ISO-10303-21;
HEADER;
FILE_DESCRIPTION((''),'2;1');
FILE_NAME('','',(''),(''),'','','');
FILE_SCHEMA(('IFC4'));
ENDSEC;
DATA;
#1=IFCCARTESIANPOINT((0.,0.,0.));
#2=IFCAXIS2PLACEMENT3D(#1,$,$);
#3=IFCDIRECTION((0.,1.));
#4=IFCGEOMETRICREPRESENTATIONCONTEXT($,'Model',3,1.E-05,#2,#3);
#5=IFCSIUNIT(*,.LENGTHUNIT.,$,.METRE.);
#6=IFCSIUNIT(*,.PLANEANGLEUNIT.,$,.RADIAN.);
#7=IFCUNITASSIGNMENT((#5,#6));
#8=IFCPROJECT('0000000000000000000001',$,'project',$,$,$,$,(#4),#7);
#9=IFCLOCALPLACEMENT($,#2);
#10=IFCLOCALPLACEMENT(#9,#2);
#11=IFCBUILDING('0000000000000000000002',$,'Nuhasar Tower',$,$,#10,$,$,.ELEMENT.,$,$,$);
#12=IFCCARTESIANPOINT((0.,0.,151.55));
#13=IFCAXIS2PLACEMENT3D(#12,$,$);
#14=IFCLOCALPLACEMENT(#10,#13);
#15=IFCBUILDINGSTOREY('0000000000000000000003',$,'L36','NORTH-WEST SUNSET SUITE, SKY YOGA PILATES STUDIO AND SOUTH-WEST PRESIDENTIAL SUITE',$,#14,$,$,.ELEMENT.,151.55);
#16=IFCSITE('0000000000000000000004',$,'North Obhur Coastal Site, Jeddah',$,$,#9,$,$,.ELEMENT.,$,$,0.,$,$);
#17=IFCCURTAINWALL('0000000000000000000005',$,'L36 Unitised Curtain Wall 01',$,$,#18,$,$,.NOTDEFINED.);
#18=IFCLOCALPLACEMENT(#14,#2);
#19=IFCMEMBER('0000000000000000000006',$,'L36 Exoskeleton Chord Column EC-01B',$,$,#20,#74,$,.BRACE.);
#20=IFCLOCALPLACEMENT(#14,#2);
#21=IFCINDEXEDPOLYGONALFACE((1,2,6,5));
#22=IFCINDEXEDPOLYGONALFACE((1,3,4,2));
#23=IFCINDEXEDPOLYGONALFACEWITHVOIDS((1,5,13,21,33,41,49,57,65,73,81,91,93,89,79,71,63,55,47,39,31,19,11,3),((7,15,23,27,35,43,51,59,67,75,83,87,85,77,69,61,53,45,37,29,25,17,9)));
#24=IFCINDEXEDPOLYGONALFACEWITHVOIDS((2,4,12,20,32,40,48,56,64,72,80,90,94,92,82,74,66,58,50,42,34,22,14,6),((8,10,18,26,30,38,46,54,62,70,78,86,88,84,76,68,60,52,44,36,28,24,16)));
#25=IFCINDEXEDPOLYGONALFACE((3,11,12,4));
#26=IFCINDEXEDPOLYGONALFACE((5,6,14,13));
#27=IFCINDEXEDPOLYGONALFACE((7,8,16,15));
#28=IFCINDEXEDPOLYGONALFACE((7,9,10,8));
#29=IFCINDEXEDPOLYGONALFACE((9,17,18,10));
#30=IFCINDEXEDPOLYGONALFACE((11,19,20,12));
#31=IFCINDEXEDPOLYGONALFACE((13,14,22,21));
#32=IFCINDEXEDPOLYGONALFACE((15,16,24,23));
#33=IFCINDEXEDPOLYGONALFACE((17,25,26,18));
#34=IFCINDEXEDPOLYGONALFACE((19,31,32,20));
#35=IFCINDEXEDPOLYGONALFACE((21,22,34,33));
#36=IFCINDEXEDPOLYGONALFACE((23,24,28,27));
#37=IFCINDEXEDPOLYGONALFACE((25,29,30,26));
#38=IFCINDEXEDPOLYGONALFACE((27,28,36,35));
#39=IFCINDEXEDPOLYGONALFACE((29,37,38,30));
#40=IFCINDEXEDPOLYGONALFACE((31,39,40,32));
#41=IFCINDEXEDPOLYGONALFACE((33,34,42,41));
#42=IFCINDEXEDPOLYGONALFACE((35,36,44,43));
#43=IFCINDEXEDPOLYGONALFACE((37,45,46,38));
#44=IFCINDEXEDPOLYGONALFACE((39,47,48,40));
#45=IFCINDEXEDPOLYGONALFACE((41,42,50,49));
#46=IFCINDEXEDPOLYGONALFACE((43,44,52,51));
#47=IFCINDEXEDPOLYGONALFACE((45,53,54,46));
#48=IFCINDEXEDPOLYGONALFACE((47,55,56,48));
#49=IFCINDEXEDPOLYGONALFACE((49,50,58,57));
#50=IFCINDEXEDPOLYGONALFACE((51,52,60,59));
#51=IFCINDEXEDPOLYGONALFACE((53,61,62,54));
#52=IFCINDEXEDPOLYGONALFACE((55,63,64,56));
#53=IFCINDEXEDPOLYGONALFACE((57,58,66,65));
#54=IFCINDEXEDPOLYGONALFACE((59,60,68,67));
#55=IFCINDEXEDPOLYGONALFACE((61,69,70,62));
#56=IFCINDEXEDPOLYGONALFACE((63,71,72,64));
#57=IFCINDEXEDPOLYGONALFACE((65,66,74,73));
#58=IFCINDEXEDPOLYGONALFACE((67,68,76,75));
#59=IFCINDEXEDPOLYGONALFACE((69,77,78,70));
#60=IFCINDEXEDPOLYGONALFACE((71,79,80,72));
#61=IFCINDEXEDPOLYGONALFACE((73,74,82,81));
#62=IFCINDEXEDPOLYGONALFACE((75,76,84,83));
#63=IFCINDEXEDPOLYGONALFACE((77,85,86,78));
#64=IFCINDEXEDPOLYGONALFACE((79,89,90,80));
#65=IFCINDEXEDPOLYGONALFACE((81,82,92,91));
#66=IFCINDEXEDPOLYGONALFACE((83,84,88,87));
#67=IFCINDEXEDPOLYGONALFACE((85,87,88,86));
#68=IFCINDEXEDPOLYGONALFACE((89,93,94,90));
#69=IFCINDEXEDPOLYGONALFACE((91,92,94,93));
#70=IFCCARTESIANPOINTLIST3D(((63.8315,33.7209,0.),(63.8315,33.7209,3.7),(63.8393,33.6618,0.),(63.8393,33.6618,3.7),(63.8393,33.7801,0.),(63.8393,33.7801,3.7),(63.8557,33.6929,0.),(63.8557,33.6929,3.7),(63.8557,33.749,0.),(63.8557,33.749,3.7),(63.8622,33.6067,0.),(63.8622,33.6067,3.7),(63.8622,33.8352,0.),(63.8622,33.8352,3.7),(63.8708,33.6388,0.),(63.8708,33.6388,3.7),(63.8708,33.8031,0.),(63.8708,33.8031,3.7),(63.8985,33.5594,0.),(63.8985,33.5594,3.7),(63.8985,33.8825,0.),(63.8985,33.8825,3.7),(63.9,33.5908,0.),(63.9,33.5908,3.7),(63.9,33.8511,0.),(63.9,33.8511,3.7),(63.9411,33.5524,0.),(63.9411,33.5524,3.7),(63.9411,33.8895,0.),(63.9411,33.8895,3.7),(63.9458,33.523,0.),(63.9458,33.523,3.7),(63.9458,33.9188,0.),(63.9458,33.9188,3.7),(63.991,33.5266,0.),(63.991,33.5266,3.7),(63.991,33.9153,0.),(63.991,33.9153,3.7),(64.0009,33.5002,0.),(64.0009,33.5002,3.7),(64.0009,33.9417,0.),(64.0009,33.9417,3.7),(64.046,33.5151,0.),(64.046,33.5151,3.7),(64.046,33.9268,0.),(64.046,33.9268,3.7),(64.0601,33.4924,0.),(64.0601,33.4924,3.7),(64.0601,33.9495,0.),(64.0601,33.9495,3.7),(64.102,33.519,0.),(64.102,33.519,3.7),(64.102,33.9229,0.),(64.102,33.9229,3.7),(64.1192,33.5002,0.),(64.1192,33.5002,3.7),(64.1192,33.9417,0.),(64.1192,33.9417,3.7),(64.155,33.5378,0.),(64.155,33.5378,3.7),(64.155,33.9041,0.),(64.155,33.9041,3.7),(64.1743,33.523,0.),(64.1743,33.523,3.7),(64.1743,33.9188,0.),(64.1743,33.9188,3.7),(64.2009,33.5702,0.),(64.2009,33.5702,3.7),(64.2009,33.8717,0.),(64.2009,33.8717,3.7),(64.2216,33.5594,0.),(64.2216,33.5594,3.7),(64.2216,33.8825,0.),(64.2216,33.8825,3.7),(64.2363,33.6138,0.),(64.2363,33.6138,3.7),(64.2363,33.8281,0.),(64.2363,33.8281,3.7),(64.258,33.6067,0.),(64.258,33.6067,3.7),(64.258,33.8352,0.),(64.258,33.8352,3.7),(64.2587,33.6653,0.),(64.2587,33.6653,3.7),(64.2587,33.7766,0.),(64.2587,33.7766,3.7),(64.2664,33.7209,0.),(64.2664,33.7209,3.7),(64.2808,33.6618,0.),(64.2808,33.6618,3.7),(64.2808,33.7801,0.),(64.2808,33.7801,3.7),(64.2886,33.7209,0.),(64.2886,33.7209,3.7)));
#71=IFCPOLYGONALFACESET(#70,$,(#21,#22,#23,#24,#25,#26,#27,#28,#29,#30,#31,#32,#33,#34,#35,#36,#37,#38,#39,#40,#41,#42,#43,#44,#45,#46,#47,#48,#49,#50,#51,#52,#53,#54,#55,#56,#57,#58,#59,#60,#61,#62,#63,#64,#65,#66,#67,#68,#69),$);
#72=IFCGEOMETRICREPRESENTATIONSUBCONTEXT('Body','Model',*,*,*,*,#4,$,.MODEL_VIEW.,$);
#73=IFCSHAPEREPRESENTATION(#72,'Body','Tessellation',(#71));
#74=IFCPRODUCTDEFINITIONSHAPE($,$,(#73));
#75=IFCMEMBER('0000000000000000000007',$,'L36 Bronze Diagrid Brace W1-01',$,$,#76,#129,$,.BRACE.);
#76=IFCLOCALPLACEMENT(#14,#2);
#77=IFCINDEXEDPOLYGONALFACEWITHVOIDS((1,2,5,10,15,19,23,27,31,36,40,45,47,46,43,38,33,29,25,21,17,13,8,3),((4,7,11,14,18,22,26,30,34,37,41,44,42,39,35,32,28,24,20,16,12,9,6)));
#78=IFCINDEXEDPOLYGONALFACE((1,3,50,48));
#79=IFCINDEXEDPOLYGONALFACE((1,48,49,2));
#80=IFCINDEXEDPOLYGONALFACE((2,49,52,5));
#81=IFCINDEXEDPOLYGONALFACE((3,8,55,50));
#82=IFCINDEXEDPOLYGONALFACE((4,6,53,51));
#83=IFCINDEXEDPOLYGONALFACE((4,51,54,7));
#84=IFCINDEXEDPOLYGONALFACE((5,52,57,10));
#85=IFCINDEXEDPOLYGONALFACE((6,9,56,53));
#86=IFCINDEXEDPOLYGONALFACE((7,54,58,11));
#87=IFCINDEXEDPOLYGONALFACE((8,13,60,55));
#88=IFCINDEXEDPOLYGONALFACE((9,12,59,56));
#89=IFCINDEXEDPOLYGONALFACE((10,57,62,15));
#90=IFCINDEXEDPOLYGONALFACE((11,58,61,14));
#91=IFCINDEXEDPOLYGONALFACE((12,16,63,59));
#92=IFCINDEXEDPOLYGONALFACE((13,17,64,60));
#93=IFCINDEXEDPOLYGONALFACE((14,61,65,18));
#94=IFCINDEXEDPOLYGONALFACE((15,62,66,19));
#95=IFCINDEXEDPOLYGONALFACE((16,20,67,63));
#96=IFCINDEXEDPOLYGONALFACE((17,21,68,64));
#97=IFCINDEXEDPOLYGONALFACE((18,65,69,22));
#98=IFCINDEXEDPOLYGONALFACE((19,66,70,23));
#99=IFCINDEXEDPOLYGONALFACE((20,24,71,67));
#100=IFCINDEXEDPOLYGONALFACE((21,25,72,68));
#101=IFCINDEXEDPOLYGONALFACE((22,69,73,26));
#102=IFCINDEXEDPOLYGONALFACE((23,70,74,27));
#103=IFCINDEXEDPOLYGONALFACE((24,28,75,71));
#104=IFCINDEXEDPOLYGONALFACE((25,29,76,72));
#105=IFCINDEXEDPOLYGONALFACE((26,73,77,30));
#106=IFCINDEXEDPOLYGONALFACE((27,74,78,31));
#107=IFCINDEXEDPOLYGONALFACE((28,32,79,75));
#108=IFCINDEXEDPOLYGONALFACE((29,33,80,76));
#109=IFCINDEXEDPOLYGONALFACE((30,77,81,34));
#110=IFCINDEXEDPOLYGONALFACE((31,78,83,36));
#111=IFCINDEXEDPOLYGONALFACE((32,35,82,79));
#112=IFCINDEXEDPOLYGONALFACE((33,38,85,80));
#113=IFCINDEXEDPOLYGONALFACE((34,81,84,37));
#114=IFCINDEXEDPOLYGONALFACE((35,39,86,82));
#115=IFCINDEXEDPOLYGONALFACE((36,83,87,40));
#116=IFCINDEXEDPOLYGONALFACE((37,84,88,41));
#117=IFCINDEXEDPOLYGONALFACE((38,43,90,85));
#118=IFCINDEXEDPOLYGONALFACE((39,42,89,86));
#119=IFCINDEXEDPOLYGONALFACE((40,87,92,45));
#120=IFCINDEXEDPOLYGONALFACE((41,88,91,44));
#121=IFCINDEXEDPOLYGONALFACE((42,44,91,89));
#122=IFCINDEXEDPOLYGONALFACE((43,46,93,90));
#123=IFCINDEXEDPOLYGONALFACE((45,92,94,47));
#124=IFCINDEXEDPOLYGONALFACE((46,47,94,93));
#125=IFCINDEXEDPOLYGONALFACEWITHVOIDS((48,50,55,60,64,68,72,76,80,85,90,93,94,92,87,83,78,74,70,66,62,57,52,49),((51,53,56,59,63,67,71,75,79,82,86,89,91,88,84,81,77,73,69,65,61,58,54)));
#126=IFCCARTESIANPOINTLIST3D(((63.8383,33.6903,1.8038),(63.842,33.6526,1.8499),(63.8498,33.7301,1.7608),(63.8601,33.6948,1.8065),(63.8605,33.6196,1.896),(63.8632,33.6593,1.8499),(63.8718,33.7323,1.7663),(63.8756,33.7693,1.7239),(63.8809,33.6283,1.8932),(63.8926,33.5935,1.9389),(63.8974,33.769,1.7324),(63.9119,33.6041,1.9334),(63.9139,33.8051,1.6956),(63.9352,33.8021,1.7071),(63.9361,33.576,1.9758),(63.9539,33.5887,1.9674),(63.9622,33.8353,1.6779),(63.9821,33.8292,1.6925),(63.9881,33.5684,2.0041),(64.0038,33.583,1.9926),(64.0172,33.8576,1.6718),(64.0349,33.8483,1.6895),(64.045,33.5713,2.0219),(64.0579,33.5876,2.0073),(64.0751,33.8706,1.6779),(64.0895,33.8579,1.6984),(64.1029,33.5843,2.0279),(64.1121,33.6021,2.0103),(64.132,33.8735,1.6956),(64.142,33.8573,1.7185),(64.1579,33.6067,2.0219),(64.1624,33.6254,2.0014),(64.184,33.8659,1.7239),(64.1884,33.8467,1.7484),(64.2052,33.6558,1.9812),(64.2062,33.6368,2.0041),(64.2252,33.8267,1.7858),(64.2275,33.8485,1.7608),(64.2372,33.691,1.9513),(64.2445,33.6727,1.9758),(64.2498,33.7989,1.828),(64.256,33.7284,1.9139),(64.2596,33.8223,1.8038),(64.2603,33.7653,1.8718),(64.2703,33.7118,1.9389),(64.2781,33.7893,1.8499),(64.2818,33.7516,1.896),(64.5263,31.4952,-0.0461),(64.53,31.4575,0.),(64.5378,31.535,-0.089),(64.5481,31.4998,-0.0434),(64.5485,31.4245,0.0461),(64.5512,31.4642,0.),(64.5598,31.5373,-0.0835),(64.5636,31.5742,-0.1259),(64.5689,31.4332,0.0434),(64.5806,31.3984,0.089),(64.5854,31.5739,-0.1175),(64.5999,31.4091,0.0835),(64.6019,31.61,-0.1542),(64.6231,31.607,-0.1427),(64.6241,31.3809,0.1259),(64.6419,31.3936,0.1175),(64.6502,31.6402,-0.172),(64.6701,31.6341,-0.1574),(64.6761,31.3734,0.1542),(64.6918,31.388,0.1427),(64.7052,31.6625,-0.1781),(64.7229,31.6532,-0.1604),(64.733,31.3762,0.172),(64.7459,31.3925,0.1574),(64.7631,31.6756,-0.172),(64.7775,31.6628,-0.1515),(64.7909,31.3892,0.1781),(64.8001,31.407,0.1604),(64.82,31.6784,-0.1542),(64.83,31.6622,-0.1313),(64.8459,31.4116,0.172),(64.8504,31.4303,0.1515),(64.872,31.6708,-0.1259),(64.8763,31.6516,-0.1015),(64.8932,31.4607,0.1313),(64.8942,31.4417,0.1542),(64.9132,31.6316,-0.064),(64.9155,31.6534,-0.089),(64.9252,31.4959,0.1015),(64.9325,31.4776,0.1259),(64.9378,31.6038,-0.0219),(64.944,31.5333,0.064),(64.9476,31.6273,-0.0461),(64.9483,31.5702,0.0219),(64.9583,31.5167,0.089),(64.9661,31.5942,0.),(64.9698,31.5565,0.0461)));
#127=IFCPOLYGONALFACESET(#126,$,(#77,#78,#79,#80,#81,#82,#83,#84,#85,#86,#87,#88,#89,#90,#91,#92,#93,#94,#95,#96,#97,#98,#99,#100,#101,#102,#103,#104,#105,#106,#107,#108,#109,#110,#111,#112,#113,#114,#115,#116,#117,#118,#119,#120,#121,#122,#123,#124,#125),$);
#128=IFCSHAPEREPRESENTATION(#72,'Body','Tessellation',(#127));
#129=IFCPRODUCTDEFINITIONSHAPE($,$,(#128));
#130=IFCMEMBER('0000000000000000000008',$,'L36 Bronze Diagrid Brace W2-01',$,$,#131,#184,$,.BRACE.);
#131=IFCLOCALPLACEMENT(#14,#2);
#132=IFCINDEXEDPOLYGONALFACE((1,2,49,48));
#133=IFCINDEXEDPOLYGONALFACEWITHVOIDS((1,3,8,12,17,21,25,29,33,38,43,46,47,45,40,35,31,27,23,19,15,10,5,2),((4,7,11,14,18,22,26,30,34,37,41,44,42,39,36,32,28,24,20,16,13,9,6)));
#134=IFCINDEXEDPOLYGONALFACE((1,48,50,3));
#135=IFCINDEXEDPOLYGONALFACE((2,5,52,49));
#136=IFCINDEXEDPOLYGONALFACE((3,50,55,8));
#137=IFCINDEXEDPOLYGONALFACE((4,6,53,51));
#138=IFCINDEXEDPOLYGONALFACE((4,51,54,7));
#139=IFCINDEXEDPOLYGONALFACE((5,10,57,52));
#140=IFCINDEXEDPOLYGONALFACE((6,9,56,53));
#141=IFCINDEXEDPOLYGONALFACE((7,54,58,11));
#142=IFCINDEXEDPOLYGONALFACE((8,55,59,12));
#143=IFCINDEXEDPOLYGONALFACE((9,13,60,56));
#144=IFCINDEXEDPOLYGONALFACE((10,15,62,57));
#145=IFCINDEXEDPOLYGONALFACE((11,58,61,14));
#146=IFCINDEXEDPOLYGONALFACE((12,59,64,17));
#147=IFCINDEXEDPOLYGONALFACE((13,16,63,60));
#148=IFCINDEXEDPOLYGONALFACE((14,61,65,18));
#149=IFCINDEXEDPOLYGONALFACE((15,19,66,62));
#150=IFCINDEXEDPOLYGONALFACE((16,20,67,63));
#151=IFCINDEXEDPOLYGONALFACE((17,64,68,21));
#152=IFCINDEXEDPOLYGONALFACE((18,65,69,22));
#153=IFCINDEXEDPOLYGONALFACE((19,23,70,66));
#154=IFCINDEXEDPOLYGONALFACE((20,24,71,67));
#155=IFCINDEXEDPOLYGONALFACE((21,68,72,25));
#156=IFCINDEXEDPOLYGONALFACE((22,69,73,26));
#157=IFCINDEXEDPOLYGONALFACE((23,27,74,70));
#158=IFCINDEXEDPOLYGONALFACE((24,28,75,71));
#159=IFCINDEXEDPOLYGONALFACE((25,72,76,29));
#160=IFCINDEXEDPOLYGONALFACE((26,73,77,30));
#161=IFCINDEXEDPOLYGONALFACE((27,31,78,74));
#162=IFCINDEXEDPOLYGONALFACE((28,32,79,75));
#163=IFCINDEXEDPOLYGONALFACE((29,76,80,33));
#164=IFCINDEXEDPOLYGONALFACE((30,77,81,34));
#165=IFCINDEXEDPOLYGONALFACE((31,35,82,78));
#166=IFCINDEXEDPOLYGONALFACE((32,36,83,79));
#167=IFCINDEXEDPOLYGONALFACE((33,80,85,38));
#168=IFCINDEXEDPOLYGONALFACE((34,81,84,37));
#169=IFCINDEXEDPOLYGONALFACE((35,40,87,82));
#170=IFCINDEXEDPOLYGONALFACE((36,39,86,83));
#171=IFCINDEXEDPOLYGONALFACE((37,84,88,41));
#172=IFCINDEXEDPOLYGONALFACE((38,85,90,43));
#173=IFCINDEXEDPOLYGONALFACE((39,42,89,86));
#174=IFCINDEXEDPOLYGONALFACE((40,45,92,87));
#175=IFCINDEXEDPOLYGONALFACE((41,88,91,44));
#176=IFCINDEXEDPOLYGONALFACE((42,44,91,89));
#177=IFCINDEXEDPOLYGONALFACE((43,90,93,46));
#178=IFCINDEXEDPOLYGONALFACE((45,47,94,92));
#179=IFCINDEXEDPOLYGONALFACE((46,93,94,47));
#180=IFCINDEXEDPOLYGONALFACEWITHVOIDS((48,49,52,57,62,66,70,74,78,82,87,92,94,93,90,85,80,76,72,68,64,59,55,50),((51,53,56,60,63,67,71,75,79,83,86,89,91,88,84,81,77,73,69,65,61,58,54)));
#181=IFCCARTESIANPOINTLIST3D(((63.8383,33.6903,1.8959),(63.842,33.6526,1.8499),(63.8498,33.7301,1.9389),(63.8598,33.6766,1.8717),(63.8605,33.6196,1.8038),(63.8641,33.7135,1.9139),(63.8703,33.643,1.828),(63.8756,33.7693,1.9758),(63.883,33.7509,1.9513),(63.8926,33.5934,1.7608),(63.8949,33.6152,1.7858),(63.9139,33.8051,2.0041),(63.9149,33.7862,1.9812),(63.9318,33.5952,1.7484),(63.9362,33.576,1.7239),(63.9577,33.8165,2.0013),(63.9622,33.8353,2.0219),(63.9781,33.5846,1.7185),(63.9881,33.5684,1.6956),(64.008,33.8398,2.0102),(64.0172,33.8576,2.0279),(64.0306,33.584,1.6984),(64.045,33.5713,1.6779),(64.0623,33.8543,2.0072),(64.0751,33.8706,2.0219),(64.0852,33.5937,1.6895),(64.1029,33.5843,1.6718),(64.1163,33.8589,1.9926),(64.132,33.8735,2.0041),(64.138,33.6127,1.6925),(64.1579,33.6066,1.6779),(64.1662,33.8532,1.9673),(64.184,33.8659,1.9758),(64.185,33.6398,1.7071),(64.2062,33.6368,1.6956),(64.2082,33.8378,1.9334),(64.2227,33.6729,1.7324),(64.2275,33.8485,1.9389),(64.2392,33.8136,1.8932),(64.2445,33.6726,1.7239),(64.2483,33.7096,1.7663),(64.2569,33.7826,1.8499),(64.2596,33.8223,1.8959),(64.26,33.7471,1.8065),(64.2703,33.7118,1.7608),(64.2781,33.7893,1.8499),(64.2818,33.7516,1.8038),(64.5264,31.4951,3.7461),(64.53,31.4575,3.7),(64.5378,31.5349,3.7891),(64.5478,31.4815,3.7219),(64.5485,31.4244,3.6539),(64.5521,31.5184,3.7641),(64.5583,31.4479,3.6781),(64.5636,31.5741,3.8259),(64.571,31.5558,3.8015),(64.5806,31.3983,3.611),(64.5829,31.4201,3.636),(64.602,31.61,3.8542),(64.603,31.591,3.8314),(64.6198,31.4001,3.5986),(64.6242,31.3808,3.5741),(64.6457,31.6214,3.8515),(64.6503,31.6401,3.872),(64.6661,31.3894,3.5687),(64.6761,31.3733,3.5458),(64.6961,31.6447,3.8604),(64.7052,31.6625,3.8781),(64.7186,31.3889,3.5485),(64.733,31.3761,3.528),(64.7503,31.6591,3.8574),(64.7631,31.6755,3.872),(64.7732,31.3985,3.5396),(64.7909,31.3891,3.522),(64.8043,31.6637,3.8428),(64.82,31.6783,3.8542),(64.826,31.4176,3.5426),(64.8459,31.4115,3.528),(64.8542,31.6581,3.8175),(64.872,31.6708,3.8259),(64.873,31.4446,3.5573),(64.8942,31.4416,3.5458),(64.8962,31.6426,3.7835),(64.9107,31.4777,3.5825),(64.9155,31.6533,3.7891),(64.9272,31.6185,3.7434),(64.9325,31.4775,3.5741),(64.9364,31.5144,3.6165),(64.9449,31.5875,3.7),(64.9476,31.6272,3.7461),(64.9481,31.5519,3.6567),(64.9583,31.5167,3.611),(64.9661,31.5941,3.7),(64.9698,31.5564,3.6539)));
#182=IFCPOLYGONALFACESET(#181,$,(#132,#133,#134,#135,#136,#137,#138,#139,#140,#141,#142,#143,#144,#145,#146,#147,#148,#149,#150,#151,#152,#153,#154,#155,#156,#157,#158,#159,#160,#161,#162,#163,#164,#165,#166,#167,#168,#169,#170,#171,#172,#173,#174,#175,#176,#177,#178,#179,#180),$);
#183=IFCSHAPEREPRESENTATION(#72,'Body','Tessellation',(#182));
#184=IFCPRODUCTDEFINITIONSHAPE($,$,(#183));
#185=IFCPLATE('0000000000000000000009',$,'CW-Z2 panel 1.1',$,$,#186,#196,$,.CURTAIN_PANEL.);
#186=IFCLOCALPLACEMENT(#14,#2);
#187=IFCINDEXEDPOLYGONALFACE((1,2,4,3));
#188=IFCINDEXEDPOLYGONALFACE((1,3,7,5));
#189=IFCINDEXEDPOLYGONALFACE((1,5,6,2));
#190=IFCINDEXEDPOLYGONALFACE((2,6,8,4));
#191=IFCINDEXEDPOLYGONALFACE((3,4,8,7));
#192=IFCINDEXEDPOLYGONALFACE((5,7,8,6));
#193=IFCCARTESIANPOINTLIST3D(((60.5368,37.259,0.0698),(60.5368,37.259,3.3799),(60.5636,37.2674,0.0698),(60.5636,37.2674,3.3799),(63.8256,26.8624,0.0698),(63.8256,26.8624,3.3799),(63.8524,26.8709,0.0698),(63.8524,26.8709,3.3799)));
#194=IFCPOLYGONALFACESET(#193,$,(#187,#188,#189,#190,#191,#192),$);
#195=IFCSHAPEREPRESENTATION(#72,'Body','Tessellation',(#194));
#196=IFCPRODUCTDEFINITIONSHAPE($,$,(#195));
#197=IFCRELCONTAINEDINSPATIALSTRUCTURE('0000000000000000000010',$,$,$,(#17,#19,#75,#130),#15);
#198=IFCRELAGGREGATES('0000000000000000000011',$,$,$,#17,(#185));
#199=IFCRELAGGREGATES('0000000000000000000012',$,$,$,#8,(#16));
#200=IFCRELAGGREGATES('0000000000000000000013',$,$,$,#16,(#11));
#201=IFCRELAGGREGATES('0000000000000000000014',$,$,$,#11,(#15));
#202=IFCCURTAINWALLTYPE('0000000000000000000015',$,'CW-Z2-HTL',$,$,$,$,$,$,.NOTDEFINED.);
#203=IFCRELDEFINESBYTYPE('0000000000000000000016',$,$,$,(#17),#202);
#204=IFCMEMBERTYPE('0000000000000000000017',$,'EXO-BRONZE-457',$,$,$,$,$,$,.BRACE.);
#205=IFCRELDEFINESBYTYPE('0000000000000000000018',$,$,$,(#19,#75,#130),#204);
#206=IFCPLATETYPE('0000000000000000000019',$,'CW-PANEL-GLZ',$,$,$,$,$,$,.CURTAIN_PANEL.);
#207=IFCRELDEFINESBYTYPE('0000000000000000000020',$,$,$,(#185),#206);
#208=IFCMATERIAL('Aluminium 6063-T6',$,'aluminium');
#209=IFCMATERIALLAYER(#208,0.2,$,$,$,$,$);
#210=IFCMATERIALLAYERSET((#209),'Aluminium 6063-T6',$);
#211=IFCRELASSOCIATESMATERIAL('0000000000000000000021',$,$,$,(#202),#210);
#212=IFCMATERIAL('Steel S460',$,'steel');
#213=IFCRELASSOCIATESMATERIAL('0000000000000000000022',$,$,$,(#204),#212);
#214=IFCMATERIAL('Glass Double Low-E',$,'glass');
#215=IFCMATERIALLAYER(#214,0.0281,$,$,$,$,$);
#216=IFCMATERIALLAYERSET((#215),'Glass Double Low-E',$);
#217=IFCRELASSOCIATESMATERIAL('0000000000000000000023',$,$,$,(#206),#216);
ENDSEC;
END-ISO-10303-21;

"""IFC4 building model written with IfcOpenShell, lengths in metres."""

from ifc_helpers import new_model, si_unit, direction, frame, origin, origin_2d, place, context, subcontext, project, spatial, rectangle, hollow_circle, extrude, material, layer, layer_set, material_profile, profile_set, type_object, element, aggregate, save


model = new_model("IFC4")

# Units and contexts
model_context = context("Model", 3, precision=1e-05, world=origin(), true_north=direction((0.0, 1.0)))
body_context = subcontext(model_context, "Body", "Model", "MODEL_VIEW")
ifc_project = project(units=[si_unit("LENGTHUNIT", "METRE"), si_unit("PLANEANGLEUNIT", "RADIAN")], contexts=[model_context])

# Site, building, storey
site_placement = place(None, origin())
site = spatial("IfcSite", under=ifc_project, at=site_placement, Name="North Obhur Coastal Site, Jeddah", CompositionType="ELEMENT", RefElevation=0.0)
building_placement = place(site_placement, origin())
building = spatial("IfcBuilding", under=site, at=building_placement, Name="Nuhasar Tower", CompositionType="ELEMENT")
storey_placement = place(building_placement, frame((0.0, 0.0, 151.55)))
storey = spatial("IfcBuildingStorey", under=building, at=storey_placement, Name="L36", Description="NORTH-WEST SUNSET SUITE, SKY YOGA PILATES STUDIO AND SOUTH-WEST PRESIDENTIAL SUITE", CompositionType="ELEMENT", Elevation=151.55)

# Curtain wall
ifc_material_1 = material(Name="Aluminium 6063-T6", Category="aluminium")
ifc_layer_1 = layer(ifc_material_1, 0.2)
ifc_layer_set_1 = layer_set([ifc_layer_1], Name="Aluminium 6063-T6")
curtain_wall_type = type_object("IfcCurtainWallType", Name="CW-Z2-HTL", PredefinedType="NOTDEFINED", material=ifc_layer_set_1)
curtain_wall_placement = place(storey_placement, origin())
curtain_wall = element("IfcCurtainWall", 1, at=curtain_wall_placement, inside=storey, type_object=curtain_wall_type, Name="L36 Unitised Curtain Wall 01", PredefinedType="NOTDEFINED")

# Members
ifc_material_2 = material(Name="Steel S460", Category="steel")
ifc_material_profile_1 = material_profile(ifc_material_2, hollow_circle(Radius=0.2285, WallThickness=0.0222, at=origin_2d()), Name="HSS457X22.2")
ifc_profile_set_1 = profile_set([ifc_material_profile_1], Name="Steel S460")
member_type_1 = type_object("IfcMemberType", Name="EXO-BRONZE-457", PredefinedType="BRACE", material=ifc_profile_set_1)
for number, where, z_axis, x_axis, name in (
    (2, (64.0601, 33.7209, 0.0), (0.0, 0.0, 1.0), (1.0, 0.0, 0.0), "L36 Exoskeleton Chord Column EC-01B"),
):
    element("IfcMember", number, at=place(storey_placement, frame(where, z_axis=z_axis, x_axis=x_axis)), inside=storey, type_object=member_type_1, Name=name, PredefinedType="BRACE", context=body_context, shape_type="SweptSolid", body=[
        extrude(hollow_circle(Radius=0.2285, WallThickness=0.0222, at=origin_2d()), origin(), (0.0, 0.0, 1.0), 3.7),
    ])
member_1_placement = place(storey_placement, frame((64.748, 31.5259, 0.0), z_axis=(-0.233068, 0.743616, 0.626669), x_axis=(-0.954228, -0.299079, 0.0)))
element("IfcMember", 3, at=member_1_placement, inside=storey, type_object=member_type_1, Name="L36 Bronze Diagrid Brace W1-01", PredefinedType="BRACE", context=body_context, shape_type="SweptSolid", body=[
    extrude(hollow_circle(Radius=0.2285, WallThickness=0.0222, at=origin_2d()), origin(), (0.0, 0.0, 1.0), 2.9519),
])
member_2_placement = place(storey_placement, frame((64.0601, 33.7209, 1.8499), z_axis=(0.233056, -0.743578, 0.626719), x_axis=(0.954228, 0.299079, 0.0)))
element("IfcMember", 4, at=member_2_placement, inside=storey, type_object=member_type_1, Name="L36 Bronze Diagrid Brace W2-01", PredefinedType="BRACE", context=body_context, shape_type="SweptSolid", body=[
    extrude(hollow_circle(Radius=0.2285, WallThickness=0.0222, at=origin_2d()), origin(), (0.0, 0.0, 1.0), 2.9521),
])

# Plate
ifc_material_3 = material(Name="Glass Double Low-E", Category="glass")
ifc_layer_2 = layer(ifc_material_3, 0.0281)
ifc_layer_set_2 = layer_set([ifc_layer_2], Name="Glass Double Low-E")
plate_type = type_object("IfcPlateType", Name="CW-PANEL-GLZ", PredefinedType="CURTAIN_PANEL", material=ifc_layer_set_2)
plate_placement = place(storey_placement, frame((62.1946, 32.0649, 0.0698), z_axis=(0.0, 0.0, 1.0), x_axis=(-0.301604, 0.953433, 0.0)))
plate = element("IfcPlate", 5, at=plate_placement, type_object=plate_type, Name="CW-Z2 panel 1.1", PredefinedType="CURTAIN_PANEL", context=body_context, shape_type="SweptSolid", body=[
    extrude(rectangle(XDim=10.9043, YDim=0.0281, at=origin_2d()), origin(), (0.0, 0.0, 1.0), 3.3101),
])
aggregate(curtain_wall, [plate])

save(model, "model.ifc")
